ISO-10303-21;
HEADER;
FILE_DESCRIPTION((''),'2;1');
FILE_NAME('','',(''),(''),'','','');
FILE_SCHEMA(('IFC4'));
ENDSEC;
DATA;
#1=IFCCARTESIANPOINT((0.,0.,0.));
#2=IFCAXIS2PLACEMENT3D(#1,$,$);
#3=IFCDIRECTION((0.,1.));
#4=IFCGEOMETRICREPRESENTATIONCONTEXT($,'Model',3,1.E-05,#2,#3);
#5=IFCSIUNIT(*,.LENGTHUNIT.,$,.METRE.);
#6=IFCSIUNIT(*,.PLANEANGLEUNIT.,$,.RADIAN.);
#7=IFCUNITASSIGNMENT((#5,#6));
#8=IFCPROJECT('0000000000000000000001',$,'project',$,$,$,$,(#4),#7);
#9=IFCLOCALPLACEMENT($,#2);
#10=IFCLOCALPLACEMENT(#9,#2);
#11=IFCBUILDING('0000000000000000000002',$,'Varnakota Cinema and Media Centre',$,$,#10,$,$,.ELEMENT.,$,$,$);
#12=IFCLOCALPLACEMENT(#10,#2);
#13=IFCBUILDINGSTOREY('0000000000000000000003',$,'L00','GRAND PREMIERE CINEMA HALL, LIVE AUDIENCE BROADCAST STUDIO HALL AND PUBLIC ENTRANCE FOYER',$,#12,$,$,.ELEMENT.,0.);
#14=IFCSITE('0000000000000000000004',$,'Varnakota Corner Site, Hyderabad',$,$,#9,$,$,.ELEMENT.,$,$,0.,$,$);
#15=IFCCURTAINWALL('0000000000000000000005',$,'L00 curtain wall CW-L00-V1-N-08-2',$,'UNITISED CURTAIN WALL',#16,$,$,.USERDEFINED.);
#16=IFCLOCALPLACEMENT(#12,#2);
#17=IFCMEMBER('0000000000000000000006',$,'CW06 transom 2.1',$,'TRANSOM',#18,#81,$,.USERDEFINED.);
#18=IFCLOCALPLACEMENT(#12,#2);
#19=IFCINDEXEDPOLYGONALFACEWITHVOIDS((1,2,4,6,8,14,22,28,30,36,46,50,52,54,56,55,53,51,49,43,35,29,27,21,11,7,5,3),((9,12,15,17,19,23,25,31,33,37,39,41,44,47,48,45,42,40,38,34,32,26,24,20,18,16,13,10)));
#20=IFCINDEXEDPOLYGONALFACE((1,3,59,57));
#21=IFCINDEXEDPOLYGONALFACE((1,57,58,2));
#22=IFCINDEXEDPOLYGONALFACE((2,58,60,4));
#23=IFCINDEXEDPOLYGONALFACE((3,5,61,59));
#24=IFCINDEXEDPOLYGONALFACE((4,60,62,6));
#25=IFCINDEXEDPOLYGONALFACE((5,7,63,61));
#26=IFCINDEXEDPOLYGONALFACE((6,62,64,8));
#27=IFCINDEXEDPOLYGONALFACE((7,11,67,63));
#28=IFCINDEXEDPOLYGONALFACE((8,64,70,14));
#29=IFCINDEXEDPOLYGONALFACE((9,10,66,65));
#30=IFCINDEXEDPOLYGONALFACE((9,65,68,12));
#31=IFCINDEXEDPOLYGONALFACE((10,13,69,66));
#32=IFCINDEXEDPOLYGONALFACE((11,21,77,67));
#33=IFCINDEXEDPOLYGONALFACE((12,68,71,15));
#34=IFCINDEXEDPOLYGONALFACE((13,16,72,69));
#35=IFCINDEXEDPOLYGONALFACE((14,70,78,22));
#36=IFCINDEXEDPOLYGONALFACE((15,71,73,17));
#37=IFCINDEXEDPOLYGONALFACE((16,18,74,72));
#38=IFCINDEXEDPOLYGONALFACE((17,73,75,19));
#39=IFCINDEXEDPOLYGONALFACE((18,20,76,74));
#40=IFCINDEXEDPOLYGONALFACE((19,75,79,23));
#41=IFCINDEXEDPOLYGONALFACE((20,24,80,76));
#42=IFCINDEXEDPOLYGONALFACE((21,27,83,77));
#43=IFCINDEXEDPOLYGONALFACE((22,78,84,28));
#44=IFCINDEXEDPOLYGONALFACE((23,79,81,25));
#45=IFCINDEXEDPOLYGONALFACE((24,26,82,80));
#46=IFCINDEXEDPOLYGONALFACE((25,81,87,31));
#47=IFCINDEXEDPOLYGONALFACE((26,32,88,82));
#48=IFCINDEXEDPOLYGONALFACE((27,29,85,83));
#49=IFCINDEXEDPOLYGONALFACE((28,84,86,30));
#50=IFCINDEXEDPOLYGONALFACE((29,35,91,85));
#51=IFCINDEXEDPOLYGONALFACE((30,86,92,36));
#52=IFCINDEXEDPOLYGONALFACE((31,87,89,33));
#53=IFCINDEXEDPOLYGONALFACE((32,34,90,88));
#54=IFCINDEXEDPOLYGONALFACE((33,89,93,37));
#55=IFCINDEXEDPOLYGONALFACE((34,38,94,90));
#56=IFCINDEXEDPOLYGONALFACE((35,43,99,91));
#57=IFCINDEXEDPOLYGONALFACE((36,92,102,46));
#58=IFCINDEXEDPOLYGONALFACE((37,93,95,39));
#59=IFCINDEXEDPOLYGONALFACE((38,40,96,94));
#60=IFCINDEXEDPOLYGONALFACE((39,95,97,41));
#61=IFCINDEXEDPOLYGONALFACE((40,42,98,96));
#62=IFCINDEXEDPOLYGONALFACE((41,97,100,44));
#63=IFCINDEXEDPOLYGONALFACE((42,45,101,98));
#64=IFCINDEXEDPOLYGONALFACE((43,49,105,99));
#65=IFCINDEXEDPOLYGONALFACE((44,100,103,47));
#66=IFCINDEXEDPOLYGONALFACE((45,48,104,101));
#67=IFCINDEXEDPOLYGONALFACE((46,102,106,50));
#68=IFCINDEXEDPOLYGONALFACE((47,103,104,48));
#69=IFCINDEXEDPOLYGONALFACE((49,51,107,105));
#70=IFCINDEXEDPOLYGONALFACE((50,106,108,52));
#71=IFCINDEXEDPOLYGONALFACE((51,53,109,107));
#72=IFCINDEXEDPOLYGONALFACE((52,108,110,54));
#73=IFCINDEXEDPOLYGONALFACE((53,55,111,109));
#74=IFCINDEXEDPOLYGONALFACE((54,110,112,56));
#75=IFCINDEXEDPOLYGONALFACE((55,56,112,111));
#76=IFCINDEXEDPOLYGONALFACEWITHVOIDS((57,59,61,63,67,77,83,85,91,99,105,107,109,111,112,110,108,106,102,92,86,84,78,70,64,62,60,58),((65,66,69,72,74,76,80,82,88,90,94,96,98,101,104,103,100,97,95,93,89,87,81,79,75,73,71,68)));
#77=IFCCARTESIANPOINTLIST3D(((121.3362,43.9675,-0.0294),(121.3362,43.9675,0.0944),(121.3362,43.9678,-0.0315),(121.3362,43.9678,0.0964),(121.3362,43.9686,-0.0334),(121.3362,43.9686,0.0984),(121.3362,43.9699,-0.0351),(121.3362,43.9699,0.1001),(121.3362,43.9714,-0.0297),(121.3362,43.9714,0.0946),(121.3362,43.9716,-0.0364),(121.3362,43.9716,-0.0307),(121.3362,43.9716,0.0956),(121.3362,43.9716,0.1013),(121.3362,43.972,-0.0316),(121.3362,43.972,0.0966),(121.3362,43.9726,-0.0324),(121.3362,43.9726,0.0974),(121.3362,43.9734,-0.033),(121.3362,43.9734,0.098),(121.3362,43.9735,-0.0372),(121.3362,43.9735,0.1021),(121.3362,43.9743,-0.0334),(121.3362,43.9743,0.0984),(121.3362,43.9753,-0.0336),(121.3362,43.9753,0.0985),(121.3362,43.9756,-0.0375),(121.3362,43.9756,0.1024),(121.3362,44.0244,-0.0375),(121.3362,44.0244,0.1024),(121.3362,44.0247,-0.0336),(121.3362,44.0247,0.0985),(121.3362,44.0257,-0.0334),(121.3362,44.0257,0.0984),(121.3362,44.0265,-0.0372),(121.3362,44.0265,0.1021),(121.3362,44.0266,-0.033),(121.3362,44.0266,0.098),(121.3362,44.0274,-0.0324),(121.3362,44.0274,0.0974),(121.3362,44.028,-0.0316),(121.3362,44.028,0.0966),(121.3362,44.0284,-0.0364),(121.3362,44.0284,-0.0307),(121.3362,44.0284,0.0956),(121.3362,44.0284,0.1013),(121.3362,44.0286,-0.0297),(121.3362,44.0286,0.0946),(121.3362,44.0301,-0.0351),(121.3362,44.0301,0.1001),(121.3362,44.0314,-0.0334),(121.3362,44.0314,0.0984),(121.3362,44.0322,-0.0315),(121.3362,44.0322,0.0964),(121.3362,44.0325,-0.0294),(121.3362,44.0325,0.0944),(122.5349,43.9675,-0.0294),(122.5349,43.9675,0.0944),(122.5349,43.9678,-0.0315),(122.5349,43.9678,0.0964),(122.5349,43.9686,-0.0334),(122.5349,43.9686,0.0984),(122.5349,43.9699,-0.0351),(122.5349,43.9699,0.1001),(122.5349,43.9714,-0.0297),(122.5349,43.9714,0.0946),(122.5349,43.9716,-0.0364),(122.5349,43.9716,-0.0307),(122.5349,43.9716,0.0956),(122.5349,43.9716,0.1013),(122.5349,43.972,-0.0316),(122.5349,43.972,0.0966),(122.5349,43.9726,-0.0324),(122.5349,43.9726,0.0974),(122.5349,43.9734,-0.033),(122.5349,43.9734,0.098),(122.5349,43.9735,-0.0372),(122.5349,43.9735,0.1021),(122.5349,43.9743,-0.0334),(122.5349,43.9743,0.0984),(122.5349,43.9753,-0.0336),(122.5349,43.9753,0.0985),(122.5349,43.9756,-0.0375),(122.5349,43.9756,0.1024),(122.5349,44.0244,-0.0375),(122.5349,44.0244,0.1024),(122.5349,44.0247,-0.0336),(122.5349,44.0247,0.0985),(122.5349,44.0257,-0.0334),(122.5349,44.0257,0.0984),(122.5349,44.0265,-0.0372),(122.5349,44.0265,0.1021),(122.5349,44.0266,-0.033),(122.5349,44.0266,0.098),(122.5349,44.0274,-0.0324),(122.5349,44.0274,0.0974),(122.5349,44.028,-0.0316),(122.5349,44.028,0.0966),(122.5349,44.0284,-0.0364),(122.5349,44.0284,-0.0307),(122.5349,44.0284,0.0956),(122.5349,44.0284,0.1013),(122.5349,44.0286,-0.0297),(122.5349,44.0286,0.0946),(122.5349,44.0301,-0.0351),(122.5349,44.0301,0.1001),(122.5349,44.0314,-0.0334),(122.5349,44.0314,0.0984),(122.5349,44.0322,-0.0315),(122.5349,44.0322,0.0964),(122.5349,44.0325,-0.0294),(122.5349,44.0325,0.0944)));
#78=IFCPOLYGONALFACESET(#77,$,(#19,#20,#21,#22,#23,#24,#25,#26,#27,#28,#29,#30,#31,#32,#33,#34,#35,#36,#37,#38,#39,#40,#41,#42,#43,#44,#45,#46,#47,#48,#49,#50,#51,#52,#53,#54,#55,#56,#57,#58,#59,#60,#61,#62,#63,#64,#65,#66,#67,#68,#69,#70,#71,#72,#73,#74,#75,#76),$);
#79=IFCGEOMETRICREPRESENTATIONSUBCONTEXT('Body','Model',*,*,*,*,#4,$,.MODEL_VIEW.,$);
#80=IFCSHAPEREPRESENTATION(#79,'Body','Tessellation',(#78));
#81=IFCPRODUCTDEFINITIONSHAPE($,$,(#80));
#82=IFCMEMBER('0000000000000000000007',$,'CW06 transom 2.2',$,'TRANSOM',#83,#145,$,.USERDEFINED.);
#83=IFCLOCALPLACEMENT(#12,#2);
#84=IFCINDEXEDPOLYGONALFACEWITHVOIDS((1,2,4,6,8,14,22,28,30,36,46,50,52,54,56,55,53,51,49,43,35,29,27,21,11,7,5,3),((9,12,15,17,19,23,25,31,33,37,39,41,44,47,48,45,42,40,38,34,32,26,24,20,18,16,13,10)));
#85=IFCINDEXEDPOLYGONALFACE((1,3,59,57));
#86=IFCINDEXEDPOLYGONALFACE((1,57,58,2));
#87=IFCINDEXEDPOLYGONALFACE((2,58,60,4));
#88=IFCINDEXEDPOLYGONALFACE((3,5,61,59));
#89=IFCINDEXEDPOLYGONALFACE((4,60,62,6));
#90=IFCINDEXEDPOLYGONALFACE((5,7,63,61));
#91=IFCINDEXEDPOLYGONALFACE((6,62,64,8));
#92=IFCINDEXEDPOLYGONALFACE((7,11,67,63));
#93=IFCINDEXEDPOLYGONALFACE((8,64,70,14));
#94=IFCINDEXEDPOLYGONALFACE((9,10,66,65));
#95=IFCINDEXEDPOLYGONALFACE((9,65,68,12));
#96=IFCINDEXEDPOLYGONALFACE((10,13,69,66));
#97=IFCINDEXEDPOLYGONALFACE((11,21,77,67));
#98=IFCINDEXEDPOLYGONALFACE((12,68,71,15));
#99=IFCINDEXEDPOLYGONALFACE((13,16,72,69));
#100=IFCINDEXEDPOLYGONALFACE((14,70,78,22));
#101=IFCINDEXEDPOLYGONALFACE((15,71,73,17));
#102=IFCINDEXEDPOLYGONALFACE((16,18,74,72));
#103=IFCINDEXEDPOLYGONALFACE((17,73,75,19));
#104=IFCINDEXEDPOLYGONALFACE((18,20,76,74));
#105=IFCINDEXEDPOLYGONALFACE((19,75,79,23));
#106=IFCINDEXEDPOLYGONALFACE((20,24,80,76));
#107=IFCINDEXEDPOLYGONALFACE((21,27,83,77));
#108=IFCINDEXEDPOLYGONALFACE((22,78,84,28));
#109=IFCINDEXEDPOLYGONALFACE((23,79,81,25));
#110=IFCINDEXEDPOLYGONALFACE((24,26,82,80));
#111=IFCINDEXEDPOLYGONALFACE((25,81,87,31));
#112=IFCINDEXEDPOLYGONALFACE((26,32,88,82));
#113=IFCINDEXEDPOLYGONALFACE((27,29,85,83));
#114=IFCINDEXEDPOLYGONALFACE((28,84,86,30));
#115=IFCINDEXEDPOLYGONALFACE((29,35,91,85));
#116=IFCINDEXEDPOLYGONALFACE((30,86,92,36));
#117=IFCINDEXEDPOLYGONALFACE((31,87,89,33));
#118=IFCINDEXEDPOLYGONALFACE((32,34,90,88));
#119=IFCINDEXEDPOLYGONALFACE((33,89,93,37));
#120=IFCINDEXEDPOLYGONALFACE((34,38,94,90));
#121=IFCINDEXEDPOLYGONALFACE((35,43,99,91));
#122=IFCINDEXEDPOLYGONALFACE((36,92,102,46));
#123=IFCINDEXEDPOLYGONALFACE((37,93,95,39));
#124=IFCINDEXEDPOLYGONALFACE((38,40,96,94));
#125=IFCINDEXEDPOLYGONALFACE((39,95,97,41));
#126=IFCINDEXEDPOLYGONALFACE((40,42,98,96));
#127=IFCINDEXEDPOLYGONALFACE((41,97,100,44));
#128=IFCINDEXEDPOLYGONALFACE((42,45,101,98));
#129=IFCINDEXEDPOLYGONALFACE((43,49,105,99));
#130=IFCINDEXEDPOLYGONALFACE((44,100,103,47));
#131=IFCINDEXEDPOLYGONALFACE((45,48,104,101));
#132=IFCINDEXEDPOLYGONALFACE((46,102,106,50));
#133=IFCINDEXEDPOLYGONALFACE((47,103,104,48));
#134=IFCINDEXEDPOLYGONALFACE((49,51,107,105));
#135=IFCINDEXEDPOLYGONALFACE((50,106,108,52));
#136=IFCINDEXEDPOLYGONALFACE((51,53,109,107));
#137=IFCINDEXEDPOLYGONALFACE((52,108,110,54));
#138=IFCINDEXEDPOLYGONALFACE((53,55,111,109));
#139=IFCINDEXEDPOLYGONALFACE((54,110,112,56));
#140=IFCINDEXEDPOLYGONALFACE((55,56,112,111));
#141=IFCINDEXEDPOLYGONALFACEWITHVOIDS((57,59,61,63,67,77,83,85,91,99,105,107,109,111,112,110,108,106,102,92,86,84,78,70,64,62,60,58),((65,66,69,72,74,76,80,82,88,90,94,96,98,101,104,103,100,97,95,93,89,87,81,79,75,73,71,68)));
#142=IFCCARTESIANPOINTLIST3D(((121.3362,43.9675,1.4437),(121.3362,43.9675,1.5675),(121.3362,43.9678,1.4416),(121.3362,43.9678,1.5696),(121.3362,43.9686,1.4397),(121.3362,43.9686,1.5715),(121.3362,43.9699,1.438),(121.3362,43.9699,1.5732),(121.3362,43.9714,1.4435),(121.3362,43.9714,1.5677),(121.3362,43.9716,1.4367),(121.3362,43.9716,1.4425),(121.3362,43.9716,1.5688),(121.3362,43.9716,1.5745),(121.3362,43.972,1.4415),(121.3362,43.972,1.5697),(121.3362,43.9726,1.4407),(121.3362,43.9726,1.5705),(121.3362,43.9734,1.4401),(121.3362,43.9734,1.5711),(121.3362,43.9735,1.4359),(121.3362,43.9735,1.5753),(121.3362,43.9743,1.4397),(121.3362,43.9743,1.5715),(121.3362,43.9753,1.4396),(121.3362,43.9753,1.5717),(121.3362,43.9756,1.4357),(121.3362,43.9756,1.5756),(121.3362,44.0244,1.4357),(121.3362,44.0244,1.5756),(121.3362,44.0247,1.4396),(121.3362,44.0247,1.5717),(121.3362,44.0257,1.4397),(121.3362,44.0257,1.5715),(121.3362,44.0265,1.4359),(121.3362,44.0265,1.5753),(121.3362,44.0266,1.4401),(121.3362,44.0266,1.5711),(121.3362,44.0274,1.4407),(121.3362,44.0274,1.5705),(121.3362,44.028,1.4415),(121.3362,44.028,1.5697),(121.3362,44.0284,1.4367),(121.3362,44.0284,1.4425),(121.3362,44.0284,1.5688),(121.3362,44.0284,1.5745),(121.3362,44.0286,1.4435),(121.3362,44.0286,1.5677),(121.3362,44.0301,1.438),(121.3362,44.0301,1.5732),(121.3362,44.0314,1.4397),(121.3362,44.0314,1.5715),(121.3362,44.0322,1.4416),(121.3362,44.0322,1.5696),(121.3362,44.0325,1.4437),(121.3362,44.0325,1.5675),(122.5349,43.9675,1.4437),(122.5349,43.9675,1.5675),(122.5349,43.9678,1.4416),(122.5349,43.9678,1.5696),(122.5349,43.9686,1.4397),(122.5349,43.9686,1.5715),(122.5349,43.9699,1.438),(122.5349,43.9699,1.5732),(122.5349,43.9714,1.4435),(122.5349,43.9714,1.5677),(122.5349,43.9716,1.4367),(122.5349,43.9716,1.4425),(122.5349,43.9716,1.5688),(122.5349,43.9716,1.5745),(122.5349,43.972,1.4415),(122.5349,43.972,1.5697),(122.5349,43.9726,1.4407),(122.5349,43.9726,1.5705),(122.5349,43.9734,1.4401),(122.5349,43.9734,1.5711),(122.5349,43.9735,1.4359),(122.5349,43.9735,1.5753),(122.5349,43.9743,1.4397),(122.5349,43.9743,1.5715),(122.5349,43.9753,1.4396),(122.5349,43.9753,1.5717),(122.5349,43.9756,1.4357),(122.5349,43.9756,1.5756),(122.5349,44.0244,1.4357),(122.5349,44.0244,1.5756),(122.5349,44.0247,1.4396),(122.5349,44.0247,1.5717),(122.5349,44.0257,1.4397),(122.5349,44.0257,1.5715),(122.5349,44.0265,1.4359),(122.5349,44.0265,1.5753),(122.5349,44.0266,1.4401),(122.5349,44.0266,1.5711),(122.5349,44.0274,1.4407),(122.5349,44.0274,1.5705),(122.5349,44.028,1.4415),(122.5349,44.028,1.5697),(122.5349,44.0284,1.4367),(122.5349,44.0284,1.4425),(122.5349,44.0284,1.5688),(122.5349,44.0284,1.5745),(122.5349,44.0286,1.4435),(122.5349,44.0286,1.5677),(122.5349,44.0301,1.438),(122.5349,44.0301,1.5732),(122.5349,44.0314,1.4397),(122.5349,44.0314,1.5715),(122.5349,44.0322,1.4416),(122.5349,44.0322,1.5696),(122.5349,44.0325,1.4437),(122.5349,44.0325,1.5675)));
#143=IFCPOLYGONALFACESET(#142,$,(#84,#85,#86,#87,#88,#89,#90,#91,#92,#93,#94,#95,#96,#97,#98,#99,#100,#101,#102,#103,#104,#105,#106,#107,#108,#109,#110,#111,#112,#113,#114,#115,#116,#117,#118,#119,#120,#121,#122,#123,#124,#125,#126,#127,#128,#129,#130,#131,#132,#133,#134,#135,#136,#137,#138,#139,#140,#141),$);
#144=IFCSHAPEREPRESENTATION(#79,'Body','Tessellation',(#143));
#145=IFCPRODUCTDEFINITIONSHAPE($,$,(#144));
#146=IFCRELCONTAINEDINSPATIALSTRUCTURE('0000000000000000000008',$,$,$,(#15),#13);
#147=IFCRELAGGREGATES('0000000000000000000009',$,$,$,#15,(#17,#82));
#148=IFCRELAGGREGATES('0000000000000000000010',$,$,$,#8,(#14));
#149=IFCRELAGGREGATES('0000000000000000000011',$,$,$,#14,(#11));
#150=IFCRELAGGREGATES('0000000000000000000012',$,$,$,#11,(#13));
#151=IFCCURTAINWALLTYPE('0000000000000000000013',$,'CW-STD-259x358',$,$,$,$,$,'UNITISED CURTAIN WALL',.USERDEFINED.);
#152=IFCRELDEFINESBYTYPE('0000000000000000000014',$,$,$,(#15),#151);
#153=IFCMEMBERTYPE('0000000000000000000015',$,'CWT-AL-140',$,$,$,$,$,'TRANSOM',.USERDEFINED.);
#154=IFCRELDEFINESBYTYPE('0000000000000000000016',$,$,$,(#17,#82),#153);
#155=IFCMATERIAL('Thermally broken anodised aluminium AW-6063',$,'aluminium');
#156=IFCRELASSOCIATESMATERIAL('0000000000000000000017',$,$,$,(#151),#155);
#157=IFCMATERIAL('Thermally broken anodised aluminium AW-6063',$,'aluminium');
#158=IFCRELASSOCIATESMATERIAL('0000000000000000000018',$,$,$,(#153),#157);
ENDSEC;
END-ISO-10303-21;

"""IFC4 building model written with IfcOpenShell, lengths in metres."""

from ifc_helpers import new_model, si_unit, direction, frame, origin, origin_2d, place, context, subcontext, project, spatial, hollow_rectangle, extrude, material, material_profile, profile_set, type_object, element, aggregate, save


model = new_model("IFC4")

# Units and contexts
model_context = context("Model", 3, precision=1e-05, world=origin(), true_north=direction((0.0, 1.0)))
body_context = subcontext(model_context, "Body", "Model", "MODEL_VIEW")
ifc_project = project(units=[si_unit("LENGTHUNIT", "METRE"), si_unit("PLANEANGLEUNIT", "RADIAN")], contexts=[model_context])

# Site, building, storey
site_placement = place(None, origin())
site = spatial("IfcSite", under=ifc_project, at=site_placement, Name="Varnakota Corner Site, Hyderabad", CompositionType="ELEMENT", RefElevation=0.0)
building_placement = place(site_placement, origin())
building = spatial("IfcBuilding", under=site, at=building_placement, Name="Varnakota Cinema and Media Centre", CompositionType="ELEMENT")
storey_placement = place(building_placement, origin())
storey = spatial("IfcBuildingStorey", under=building, at=storey_placement, Name="L00", Description="GRAND PREMIERE CINEMA HALL, LIVE AUDIENCE BROADCAST STUDIO HALL AND PUBLIC ENTRANCE FOYER", CompositionType="ELEMENT", Elevation=0.0)

# Curtain wall
ifc_material_1 = material(Name="Thermally broken anodised aluminium AW-6063", Category="aluminium")
curtain_wall_type = type_object("IfcCurtainWallType", Name="CW-STD-259x358", ElementType="UNITISED CURTAIN WALL", PredefinedType="USERDEFINED", material=ifc_material_1)
curtain_wall_1_placement = place(storey_placement, origin())
curtain_wall_1 = element("IfcCurtainWall", 1, at=curtain_wall_1_placement, inside=storey, type_object=curtain_wall_type, Name="L00 curtain wall CW-L00-V1-N-08-2", ObjectType="UNITISED CURTAIN WALL", PredefinedType="USERDEFINED")

# Members
ifc_material_2 = material(Name="Thermally broken anodised aluminium AW-6063", Category="aluminium")
ifc_material_profile_1 = material_profile(ifc_material_2, hollow_rectangle(XDim=0.0649, YDim=0.1399, WallThickness=0.0039, InnerFilletRadius=0.0039, OuterFilletRadius=0.0081, at=origin_2d()), Name="AL-TRANSOM 140x65x4")
ifc_profile_set_1 = profile_set([ifc_material_profile_1], Name="Thermally broken anodised aluminium AW-6063")
member_type_1 = type_object("IfcMemberType", Name="CWT-AL-140", ElementType="TRANSOM", PredefinedType="USERDEFINED", material=ifc_profile_set_1)
member_1_placement = place(storey_placement, frame((121.3362, 44.0, 0.0325), z_axis=(1.0, 0.0, 0.0), x_axis=(0.0, 1.0, 0.0)))
member_1 = element("IfcMember", 2, at=member_1_placement, type_object=member_type_1, Name="CW06 transom 2.1", ObjectType="TRANSOM", PredefinedType="USERDEFINED", context=body_context, shape_type="SweptSolid", body=[
    extrude(hollow_rectangle(XDim=0.0649, YDim=0.1399, WallThickness=0.0039, InnerFilletRadius=0.0039, OuterFilletRadius=0.0081, at=origin_2d()), origin(), (0.0, 0.0, 1.0), 1.1987),
])
member_2_placement = place(storey_placement, frame((121.3362, 44.0, 1.5056), z_axis=(1.0, 0.0, 0.0), x_axis=(0.0, 1.0, 0.0)))
member_2 = element("IfcMember", 3, at=member_2_placement, type_object=member_type_1, Name="CW06 transom 2.2", ObjectType="TRANSOM", PredefinedType="USERDEFINED", context=body_context, shape_type="SweptSolid", body=[
    extrude(hollow_rectangle(XDim=0.0649, YDim=0.1399, WallThickness=0.0039, InnerFilletRadius=0.0039, OuterFilletRadius=0.0081, at=origin_2d()), origin(), (0.0, 0.0, 1.0), 1.1987),
])

aggregate(curtain_wall_1, [member_1, member_2])

save(model, "model.ifc")
